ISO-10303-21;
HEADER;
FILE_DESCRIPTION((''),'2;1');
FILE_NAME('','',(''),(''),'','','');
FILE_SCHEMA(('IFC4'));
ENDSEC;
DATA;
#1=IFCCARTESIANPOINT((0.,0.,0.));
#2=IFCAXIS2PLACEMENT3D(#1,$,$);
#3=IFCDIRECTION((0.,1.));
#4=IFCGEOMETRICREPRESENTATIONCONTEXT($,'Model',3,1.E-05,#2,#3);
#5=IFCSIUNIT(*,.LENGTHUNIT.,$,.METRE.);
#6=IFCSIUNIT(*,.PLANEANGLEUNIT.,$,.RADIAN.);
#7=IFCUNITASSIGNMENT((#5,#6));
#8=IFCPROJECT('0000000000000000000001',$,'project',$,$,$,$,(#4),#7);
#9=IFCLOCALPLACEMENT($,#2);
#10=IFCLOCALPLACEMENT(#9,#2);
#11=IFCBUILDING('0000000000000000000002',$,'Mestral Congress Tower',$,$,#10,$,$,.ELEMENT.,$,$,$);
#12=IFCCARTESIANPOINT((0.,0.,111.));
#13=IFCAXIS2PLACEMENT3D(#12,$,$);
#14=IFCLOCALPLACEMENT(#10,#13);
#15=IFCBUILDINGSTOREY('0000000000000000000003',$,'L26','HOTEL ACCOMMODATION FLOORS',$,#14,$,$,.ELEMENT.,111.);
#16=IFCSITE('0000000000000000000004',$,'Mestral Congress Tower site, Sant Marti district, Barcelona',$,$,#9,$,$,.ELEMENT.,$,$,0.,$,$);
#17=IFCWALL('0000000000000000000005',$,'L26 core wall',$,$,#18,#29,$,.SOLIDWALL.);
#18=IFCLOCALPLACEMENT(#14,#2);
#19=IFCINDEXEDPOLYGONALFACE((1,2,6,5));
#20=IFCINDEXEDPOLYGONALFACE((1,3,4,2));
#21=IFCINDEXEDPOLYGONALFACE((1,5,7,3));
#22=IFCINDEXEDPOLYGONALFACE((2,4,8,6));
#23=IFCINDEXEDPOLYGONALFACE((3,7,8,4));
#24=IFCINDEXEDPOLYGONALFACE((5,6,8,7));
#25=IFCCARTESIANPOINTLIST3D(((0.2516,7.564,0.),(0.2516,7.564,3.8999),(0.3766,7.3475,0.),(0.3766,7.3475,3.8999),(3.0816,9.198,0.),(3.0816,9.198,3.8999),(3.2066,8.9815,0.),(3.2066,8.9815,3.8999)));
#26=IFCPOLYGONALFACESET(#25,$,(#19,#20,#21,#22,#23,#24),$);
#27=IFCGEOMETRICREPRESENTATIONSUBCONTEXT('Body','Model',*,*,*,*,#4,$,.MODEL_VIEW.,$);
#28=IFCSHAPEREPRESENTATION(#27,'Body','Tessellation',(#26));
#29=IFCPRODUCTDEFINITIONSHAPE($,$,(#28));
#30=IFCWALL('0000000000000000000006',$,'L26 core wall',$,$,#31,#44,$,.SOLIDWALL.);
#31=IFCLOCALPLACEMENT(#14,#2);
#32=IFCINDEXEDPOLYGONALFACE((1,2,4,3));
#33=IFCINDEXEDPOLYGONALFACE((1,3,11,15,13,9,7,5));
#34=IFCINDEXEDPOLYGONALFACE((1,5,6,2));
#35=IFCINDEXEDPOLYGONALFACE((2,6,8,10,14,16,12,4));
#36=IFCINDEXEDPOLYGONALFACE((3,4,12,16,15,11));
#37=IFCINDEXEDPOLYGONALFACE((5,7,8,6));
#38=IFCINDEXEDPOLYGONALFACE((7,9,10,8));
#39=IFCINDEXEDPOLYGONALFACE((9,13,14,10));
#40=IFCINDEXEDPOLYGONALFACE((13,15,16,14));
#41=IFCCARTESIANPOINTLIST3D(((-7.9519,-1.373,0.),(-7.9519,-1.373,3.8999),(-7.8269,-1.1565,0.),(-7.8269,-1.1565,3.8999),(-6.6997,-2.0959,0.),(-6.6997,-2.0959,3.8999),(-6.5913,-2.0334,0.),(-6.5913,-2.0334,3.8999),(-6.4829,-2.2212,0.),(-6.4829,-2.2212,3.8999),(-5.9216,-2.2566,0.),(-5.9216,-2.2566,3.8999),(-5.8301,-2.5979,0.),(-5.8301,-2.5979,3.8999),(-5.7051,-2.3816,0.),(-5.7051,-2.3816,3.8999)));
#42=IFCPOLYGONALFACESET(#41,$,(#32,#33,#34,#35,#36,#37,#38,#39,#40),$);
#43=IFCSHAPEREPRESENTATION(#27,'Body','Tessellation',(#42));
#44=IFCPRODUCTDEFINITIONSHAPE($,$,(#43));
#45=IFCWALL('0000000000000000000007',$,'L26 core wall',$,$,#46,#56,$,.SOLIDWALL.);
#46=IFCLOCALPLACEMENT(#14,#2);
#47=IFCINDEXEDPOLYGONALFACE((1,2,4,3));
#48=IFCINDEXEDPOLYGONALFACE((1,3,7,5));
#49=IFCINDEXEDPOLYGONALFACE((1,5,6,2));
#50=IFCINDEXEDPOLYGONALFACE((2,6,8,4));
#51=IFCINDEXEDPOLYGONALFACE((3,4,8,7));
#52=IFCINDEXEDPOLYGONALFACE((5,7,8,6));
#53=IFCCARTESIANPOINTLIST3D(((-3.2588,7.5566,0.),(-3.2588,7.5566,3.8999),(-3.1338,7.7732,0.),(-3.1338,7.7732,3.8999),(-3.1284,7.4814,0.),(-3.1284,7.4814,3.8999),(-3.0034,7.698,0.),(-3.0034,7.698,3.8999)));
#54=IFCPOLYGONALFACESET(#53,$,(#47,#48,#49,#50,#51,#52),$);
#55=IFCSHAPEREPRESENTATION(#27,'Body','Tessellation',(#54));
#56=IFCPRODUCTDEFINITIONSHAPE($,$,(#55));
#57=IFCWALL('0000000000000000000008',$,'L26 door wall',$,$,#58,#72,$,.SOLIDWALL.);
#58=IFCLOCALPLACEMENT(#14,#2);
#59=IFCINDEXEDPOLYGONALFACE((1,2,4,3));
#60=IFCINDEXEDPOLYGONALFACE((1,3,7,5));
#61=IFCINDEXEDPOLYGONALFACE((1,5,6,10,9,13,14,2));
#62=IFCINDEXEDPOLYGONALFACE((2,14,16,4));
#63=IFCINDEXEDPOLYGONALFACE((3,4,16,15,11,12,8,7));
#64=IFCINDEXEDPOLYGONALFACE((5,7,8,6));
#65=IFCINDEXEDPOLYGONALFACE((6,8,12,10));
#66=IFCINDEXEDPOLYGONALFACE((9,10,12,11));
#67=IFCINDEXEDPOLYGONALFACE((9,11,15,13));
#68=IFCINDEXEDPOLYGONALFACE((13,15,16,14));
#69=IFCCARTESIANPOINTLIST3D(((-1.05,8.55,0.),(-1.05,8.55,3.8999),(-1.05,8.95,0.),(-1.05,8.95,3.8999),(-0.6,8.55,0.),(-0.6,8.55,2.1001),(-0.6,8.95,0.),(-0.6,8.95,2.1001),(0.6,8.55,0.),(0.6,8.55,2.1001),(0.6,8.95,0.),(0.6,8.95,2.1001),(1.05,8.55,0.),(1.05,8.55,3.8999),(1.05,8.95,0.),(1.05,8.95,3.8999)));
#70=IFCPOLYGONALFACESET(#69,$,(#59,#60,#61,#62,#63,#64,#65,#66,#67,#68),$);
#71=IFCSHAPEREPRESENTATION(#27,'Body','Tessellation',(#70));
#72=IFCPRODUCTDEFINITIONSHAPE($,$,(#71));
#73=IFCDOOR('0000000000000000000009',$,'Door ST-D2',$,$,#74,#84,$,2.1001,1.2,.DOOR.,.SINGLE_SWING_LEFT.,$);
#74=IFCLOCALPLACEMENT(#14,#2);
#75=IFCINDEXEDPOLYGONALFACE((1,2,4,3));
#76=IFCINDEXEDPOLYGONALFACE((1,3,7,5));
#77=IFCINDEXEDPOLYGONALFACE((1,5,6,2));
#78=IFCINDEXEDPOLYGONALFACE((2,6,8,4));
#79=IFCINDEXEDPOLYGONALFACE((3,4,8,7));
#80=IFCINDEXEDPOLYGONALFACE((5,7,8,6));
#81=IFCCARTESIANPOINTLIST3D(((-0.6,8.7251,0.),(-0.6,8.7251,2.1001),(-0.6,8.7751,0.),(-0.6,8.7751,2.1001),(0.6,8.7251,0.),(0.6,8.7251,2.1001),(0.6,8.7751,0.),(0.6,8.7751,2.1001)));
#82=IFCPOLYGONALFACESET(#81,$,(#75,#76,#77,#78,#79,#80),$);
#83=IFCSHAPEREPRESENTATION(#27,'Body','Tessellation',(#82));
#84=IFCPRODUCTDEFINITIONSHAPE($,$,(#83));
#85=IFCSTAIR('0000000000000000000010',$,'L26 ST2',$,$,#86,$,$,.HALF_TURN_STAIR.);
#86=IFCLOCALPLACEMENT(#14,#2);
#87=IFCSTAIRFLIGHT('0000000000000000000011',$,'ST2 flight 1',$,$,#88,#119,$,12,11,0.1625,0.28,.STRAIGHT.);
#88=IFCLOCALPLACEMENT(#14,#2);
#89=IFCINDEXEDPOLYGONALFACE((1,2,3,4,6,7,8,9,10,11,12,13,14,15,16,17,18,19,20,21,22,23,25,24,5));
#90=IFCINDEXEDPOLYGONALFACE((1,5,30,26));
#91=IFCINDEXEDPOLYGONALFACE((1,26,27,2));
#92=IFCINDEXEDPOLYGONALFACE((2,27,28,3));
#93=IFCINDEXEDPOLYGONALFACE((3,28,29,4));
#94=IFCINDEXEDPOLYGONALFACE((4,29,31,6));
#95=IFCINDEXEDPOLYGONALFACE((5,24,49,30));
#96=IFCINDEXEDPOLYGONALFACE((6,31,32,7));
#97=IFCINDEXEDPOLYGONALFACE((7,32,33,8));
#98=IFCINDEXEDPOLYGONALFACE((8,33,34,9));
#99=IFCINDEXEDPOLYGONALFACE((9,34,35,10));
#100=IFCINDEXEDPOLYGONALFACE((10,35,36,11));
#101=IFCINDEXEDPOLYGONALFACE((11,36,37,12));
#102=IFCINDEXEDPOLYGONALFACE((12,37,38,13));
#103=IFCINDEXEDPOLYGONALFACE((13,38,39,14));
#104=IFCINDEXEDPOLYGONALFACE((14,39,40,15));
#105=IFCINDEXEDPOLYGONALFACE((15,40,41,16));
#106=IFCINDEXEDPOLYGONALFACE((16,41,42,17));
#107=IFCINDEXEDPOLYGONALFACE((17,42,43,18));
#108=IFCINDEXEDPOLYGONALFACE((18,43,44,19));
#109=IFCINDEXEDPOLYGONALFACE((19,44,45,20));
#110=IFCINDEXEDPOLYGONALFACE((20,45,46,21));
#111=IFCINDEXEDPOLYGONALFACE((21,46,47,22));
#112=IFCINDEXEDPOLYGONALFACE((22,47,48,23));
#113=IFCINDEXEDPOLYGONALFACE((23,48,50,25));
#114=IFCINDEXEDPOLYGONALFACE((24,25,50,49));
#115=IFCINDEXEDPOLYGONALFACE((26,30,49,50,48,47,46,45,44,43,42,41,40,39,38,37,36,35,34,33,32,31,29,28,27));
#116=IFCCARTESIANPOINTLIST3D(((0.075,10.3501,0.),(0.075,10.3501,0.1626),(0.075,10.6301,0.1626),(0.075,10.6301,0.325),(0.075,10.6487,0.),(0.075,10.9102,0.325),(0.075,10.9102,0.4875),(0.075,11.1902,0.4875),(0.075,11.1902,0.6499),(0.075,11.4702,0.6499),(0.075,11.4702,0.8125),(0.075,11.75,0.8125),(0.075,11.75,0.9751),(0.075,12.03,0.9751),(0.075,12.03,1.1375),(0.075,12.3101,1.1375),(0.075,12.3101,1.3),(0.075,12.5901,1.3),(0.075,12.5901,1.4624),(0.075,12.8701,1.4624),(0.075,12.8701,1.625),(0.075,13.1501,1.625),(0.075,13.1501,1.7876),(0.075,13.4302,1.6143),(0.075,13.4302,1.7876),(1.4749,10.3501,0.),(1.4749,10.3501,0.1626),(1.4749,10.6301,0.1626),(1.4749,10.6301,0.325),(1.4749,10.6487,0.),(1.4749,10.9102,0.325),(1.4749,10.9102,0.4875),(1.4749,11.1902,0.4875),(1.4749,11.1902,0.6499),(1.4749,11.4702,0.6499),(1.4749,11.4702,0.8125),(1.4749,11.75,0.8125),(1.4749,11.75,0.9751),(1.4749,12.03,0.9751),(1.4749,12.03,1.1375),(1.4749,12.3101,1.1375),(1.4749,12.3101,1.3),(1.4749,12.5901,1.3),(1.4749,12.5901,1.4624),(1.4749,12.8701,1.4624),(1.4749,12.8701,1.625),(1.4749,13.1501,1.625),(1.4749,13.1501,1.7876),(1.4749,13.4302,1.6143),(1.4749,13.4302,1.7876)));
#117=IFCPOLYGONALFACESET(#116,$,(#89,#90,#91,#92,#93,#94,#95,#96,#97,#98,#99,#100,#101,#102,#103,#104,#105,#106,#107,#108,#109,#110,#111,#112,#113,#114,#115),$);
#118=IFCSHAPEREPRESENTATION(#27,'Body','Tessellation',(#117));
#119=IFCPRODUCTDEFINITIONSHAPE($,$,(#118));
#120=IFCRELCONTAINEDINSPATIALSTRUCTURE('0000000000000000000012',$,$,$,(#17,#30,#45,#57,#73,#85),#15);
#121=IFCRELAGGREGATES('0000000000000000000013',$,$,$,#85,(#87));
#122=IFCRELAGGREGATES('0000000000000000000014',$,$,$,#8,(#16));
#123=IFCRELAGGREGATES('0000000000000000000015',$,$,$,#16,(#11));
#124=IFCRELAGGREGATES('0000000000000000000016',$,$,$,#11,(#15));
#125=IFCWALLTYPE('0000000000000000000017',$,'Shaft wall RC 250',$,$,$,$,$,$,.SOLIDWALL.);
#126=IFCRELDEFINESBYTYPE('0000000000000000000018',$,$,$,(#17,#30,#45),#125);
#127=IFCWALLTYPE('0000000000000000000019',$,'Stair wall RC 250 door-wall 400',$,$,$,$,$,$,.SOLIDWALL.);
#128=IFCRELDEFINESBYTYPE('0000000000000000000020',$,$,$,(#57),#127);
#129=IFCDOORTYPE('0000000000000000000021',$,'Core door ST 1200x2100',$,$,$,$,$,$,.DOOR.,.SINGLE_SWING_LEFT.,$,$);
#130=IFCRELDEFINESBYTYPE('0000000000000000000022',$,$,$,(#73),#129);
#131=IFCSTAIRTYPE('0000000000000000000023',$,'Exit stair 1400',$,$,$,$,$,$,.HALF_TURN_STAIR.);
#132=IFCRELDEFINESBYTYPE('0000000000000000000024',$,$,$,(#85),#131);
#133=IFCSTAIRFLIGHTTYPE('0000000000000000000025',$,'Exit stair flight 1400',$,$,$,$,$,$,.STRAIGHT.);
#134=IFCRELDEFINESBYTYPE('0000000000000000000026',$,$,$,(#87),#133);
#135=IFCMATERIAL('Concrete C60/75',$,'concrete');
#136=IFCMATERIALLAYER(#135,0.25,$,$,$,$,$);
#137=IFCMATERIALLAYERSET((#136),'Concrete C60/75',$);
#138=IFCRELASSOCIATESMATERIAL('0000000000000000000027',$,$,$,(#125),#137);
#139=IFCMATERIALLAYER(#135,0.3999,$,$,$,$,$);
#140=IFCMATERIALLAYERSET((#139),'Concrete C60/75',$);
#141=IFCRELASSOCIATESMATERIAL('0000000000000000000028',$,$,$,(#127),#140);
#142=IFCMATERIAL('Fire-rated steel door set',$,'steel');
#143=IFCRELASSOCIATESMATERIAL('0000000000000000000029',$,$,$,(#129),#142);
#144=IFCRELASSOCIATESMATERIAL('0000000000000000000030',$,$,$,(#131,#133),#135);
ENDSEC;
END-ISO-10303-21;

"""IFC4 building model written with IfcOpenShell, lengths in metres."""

from ifc_helpers import new_model, si_unit, direction, frame, frame_2d, origin, place, context, subcontext, project, spatial, polyline, rectangle, outline, extrude, material, layer, layer_set, type_object, element, fill, aggregate, save


model = new_model("IFC4")

# Units and contexts
model_context = context("Model", 3, precision=1e-05, world=origin(), true_north=direction((0.0, 1.0)))
body_context = subcontext(model_context, "Body", "Model", "MODEL_VIEW")
ifc_project = project(units=[si_unit("LENGTHUNIT", "METRE"), si_unit("PLANEANGLEUNIT", "RADIAN")], contexts=[model_context])

# Site, building, storey
site_placement = place(None, origin())
site = spatial("IfcSite", under=ifc_project, at=site_placement, Name="Mestral Congress Tower site, Sant Marti district, Barcelona", CompositionType="ELEMENT", RefElevation=0.0)
building_placement = place(site_placement, origin())
building = spatial("IfcBuilding", under=site, at=building_placement, Name="Mestral Congress Tower", CompositionType="ELEMENT")
storey_placement = place(building_placement, frame((0.0, 0.0, 111.0)))
storey = spatial("IfcBuildingStorey", under=building, at=storey_placement, Name="L26", Description="HOTEL ACCOMMODATION FLOORS", CompositionType="ELEMENT", Elevation=111.0)

# Walls
placement = place(storey_placement, origin())
ifc_material_1 = material(Name="Concrete C60/75", Category="concrete")
ifc_layer_1 = layer(ifc_material_1, 0.25)
ifc_layer_set_1 = layer_set([ifc_layer_1], Name="Concrete C60/75")
wall_type_1 = type_object("IfcWallType", Name="Shaft wall RC 250", PredefinedType="SOLIDWALL", material=ifc_layer_set_1)
wall_1_placement = place(storey_placement, frame((0.3142, 7.4558, 0.0), z_axis=(0.0, 0.0, 1.0), x_axis=(0.866014, 0.50002, 0.0)))
element("IfcWall", 1, at=wall_1_placement, inside=storey, type_object=wall_type_1, Name="L26 core wall", PredefinedType="SOLIDWALL", context=body_context, shape_type="SweptSolid", body=[
    extrude(rectangle(XDim=3.2678, YDim=0.25, at=frame_2d((1.6338, 0.0))), origin(), (0.0, 0.0, 1.0), 3.8999),
])
element("IfcWall", 2, at=placement, inside=storey, type_object=wall_type_1, Name="L26 core wall", PredefinedType="SOLIDWALL", context=body_context, shape_type="SweptSolid", body=[
    extrude(outline(polyline([(-5.9216, -2.2566), (-5.9216, -2.2566), (-5.7051, -2.3816), (-5.8301, -2.5979), (-6.4829, -2.2212), (-6.5913, -2.0334), (-6.5913, -2.0334), (-6.6997, -2.0959), (-7.9519, -1.373), (-7.8269, -1.1565), (-5.9216, -2.2566)])), origin(), (0.0, 0.0, 1.0), 3.8999),
])
element("IfcWall", 3, at=placement, inside=storey, type_object=wall_type_1, Name="L26 core wall", PredefinedType="SOLIDWALL", context=body_context, shape_type="SweptSolid", body=[
    extrude(outline(polyline([(-3.1284, 7.4814), (-3.2588, 7.5566), (-3.1338, 7.7732), (-3.0034, 7.698), (-3.1284, 7.4814)])), origin(), (0.0, 0.0, 1.0), 3.8999),
])

# Wall, opening, door
ifc_layer_2 = layer(ifc_material_1, 0.3999)
ifc_layer_set_2 = layer_set([ifc_layer_2], Name="Concrete C60/75")
wall_type_2 = type_object("IfcWallType", Name="Stair wall RC 250 door-wall 400", PredefinedType="SOLIDWALL", material=ifc_layer_set_2)
wall_2_placement = place(storey_placement, frame((1.05, 8.75, 0.0), z_axis=(0.0, 0.0, 1.0), x_axis=(-1.0, 0.0, 0.0)))
wall_2 = element("IfcWall", 4, at=wall_2_placement, inside=storey, type_object=wall_type_2, Name="L26 door wall", PredefinedType="SOLIDWALL", context=body_context, shape_type="SweptSolid", body=[
    extrude(rectangle(XDim=2.1001, YDim=0.3999, at=frame_2d((1.05, 0.0))), origin(), (0.0, 0.0, 1.0), 3.8999),
])
opening_placement = place(wall_2_placement, frame((0.45, 0.0, 0.0)))
opening = element("IfcOpeningElement", 5, at=opening_placement, cuts=wall_2, PredefinedType="OPENING", context=body_context, shape_type="SweptSolid", body=[
    extrude(rectangle(XDim=1.2, YDim=2.1001, at=frame_2d((0.6001, 1.05))), frame((0.0, 0.21, 0.0), z_axis=(0.0, -1.0, 0.0), x_axis=(1.0, 0.0, 0.0)), (0.0, 0.0, 1.0), 0.4199),
])
ifc_material_2 = material(Name="Fire-rated steel door set", Category="steel")
door_type = type_object("IfcDoorType", Name="Core door ST 1200x2100", OperationType="SINGLE_SWING_LEFT", PredefinedType="DOOR", material=ifc_material_2)
door_placement = place(opening_placement, origin())
door = element("IfcDoor", 6, at=door_placement, inside=storey, type_object=door_type, Name="Door ST-D2", OperationType="SINGLE_SWING_LEFT", OverallHeight=2.1001, OverallWidth=1.2, PredefinedType="DOOR", context=body_context, shape_type="SweptSolid", body=[
    extrude(rectangle(XDim=1.2, YDim=2.1001, at=frame_2d((0.6001, 1.05))), frame((0.0, 0.0249, 0.0), z_axis=(0.0, -1.0, 0.0), x_axis=(1.0, 0.0, 0.0)), (0.0, 0.0, 1.0), 0.05),
])
fill(opening, door)

# Stair, stair flight
stair_type = type_object("IfcStairType", Name="Exit stair 1400", PredefinedType="HALF_TURN_STAIR", material=ifc_material_1)
stair = element("IfcStair", 7, at=placement, inside=storey, type_object=stair_type, Name="L26 ST2", PredefinedType="HALF_TURN_STAIR")
stair_flight_type = type_object("IfcStairFlightType", Name="Exit stair flight 1400", PredefinedType="STRAIGHT", material=ifc_material_1)
stair_flight_placement = place(storey_placement, frame((0.7749, 10.3501, 0.0), z_axis=(0.0, 0.0, 1.0), x_axis=(0.0, 1.0, 0.0)))
stair_flight = element("IfcStairFlight", 8, at=stair_flight_placement, type_object=stair_flight_type, Name="ST2 flight 1", NumberOfRisers=12, NumberOfTreads=11, PredefinedType="STRAIGHT", RiserHeight=0.1625, TreadLength=0.28, context=body_context, shape_type="SweptSolid", body=[
    extrude(outline(polyline([(0.0, 0.0), (0.0, 0.1626), (0.28, 0.1626), (0.28, 0.325), (0.5601, 0.325), (0.5601, 0.4875), (0.8401, 0.4875), (0.8401, 0.6499), (1.1201, 0.6499), (1.1201, 0.8125), (1.3999, 0.8125), (1.3999, 0.9751), (1.6799, 0.9751), (1.6799, 1.1375), (1.96, 1.1375), (1.96, 1.3), (2.24, 1.3), (2.24, 1.4624), (2.52, 1.4624), (2.52, 1.625), (2.8, 1.625), (2.8, 1.7876), (3.0801, 1.7876), (3.0801, 1.95), (3.0801, 1.6143), (0.2986, 0.0), (0.0, 0.0)])), frame((0.0, 0.7, 0.0), z_axis=(0.0, -1.0, 0.0), x_axis=(1.0, 0.0, 0.0)), (0.0, 0.0, 1.0), 1.3999),
])
aggregate(stair, [stair_flight])

save(model, "model.ifc")
